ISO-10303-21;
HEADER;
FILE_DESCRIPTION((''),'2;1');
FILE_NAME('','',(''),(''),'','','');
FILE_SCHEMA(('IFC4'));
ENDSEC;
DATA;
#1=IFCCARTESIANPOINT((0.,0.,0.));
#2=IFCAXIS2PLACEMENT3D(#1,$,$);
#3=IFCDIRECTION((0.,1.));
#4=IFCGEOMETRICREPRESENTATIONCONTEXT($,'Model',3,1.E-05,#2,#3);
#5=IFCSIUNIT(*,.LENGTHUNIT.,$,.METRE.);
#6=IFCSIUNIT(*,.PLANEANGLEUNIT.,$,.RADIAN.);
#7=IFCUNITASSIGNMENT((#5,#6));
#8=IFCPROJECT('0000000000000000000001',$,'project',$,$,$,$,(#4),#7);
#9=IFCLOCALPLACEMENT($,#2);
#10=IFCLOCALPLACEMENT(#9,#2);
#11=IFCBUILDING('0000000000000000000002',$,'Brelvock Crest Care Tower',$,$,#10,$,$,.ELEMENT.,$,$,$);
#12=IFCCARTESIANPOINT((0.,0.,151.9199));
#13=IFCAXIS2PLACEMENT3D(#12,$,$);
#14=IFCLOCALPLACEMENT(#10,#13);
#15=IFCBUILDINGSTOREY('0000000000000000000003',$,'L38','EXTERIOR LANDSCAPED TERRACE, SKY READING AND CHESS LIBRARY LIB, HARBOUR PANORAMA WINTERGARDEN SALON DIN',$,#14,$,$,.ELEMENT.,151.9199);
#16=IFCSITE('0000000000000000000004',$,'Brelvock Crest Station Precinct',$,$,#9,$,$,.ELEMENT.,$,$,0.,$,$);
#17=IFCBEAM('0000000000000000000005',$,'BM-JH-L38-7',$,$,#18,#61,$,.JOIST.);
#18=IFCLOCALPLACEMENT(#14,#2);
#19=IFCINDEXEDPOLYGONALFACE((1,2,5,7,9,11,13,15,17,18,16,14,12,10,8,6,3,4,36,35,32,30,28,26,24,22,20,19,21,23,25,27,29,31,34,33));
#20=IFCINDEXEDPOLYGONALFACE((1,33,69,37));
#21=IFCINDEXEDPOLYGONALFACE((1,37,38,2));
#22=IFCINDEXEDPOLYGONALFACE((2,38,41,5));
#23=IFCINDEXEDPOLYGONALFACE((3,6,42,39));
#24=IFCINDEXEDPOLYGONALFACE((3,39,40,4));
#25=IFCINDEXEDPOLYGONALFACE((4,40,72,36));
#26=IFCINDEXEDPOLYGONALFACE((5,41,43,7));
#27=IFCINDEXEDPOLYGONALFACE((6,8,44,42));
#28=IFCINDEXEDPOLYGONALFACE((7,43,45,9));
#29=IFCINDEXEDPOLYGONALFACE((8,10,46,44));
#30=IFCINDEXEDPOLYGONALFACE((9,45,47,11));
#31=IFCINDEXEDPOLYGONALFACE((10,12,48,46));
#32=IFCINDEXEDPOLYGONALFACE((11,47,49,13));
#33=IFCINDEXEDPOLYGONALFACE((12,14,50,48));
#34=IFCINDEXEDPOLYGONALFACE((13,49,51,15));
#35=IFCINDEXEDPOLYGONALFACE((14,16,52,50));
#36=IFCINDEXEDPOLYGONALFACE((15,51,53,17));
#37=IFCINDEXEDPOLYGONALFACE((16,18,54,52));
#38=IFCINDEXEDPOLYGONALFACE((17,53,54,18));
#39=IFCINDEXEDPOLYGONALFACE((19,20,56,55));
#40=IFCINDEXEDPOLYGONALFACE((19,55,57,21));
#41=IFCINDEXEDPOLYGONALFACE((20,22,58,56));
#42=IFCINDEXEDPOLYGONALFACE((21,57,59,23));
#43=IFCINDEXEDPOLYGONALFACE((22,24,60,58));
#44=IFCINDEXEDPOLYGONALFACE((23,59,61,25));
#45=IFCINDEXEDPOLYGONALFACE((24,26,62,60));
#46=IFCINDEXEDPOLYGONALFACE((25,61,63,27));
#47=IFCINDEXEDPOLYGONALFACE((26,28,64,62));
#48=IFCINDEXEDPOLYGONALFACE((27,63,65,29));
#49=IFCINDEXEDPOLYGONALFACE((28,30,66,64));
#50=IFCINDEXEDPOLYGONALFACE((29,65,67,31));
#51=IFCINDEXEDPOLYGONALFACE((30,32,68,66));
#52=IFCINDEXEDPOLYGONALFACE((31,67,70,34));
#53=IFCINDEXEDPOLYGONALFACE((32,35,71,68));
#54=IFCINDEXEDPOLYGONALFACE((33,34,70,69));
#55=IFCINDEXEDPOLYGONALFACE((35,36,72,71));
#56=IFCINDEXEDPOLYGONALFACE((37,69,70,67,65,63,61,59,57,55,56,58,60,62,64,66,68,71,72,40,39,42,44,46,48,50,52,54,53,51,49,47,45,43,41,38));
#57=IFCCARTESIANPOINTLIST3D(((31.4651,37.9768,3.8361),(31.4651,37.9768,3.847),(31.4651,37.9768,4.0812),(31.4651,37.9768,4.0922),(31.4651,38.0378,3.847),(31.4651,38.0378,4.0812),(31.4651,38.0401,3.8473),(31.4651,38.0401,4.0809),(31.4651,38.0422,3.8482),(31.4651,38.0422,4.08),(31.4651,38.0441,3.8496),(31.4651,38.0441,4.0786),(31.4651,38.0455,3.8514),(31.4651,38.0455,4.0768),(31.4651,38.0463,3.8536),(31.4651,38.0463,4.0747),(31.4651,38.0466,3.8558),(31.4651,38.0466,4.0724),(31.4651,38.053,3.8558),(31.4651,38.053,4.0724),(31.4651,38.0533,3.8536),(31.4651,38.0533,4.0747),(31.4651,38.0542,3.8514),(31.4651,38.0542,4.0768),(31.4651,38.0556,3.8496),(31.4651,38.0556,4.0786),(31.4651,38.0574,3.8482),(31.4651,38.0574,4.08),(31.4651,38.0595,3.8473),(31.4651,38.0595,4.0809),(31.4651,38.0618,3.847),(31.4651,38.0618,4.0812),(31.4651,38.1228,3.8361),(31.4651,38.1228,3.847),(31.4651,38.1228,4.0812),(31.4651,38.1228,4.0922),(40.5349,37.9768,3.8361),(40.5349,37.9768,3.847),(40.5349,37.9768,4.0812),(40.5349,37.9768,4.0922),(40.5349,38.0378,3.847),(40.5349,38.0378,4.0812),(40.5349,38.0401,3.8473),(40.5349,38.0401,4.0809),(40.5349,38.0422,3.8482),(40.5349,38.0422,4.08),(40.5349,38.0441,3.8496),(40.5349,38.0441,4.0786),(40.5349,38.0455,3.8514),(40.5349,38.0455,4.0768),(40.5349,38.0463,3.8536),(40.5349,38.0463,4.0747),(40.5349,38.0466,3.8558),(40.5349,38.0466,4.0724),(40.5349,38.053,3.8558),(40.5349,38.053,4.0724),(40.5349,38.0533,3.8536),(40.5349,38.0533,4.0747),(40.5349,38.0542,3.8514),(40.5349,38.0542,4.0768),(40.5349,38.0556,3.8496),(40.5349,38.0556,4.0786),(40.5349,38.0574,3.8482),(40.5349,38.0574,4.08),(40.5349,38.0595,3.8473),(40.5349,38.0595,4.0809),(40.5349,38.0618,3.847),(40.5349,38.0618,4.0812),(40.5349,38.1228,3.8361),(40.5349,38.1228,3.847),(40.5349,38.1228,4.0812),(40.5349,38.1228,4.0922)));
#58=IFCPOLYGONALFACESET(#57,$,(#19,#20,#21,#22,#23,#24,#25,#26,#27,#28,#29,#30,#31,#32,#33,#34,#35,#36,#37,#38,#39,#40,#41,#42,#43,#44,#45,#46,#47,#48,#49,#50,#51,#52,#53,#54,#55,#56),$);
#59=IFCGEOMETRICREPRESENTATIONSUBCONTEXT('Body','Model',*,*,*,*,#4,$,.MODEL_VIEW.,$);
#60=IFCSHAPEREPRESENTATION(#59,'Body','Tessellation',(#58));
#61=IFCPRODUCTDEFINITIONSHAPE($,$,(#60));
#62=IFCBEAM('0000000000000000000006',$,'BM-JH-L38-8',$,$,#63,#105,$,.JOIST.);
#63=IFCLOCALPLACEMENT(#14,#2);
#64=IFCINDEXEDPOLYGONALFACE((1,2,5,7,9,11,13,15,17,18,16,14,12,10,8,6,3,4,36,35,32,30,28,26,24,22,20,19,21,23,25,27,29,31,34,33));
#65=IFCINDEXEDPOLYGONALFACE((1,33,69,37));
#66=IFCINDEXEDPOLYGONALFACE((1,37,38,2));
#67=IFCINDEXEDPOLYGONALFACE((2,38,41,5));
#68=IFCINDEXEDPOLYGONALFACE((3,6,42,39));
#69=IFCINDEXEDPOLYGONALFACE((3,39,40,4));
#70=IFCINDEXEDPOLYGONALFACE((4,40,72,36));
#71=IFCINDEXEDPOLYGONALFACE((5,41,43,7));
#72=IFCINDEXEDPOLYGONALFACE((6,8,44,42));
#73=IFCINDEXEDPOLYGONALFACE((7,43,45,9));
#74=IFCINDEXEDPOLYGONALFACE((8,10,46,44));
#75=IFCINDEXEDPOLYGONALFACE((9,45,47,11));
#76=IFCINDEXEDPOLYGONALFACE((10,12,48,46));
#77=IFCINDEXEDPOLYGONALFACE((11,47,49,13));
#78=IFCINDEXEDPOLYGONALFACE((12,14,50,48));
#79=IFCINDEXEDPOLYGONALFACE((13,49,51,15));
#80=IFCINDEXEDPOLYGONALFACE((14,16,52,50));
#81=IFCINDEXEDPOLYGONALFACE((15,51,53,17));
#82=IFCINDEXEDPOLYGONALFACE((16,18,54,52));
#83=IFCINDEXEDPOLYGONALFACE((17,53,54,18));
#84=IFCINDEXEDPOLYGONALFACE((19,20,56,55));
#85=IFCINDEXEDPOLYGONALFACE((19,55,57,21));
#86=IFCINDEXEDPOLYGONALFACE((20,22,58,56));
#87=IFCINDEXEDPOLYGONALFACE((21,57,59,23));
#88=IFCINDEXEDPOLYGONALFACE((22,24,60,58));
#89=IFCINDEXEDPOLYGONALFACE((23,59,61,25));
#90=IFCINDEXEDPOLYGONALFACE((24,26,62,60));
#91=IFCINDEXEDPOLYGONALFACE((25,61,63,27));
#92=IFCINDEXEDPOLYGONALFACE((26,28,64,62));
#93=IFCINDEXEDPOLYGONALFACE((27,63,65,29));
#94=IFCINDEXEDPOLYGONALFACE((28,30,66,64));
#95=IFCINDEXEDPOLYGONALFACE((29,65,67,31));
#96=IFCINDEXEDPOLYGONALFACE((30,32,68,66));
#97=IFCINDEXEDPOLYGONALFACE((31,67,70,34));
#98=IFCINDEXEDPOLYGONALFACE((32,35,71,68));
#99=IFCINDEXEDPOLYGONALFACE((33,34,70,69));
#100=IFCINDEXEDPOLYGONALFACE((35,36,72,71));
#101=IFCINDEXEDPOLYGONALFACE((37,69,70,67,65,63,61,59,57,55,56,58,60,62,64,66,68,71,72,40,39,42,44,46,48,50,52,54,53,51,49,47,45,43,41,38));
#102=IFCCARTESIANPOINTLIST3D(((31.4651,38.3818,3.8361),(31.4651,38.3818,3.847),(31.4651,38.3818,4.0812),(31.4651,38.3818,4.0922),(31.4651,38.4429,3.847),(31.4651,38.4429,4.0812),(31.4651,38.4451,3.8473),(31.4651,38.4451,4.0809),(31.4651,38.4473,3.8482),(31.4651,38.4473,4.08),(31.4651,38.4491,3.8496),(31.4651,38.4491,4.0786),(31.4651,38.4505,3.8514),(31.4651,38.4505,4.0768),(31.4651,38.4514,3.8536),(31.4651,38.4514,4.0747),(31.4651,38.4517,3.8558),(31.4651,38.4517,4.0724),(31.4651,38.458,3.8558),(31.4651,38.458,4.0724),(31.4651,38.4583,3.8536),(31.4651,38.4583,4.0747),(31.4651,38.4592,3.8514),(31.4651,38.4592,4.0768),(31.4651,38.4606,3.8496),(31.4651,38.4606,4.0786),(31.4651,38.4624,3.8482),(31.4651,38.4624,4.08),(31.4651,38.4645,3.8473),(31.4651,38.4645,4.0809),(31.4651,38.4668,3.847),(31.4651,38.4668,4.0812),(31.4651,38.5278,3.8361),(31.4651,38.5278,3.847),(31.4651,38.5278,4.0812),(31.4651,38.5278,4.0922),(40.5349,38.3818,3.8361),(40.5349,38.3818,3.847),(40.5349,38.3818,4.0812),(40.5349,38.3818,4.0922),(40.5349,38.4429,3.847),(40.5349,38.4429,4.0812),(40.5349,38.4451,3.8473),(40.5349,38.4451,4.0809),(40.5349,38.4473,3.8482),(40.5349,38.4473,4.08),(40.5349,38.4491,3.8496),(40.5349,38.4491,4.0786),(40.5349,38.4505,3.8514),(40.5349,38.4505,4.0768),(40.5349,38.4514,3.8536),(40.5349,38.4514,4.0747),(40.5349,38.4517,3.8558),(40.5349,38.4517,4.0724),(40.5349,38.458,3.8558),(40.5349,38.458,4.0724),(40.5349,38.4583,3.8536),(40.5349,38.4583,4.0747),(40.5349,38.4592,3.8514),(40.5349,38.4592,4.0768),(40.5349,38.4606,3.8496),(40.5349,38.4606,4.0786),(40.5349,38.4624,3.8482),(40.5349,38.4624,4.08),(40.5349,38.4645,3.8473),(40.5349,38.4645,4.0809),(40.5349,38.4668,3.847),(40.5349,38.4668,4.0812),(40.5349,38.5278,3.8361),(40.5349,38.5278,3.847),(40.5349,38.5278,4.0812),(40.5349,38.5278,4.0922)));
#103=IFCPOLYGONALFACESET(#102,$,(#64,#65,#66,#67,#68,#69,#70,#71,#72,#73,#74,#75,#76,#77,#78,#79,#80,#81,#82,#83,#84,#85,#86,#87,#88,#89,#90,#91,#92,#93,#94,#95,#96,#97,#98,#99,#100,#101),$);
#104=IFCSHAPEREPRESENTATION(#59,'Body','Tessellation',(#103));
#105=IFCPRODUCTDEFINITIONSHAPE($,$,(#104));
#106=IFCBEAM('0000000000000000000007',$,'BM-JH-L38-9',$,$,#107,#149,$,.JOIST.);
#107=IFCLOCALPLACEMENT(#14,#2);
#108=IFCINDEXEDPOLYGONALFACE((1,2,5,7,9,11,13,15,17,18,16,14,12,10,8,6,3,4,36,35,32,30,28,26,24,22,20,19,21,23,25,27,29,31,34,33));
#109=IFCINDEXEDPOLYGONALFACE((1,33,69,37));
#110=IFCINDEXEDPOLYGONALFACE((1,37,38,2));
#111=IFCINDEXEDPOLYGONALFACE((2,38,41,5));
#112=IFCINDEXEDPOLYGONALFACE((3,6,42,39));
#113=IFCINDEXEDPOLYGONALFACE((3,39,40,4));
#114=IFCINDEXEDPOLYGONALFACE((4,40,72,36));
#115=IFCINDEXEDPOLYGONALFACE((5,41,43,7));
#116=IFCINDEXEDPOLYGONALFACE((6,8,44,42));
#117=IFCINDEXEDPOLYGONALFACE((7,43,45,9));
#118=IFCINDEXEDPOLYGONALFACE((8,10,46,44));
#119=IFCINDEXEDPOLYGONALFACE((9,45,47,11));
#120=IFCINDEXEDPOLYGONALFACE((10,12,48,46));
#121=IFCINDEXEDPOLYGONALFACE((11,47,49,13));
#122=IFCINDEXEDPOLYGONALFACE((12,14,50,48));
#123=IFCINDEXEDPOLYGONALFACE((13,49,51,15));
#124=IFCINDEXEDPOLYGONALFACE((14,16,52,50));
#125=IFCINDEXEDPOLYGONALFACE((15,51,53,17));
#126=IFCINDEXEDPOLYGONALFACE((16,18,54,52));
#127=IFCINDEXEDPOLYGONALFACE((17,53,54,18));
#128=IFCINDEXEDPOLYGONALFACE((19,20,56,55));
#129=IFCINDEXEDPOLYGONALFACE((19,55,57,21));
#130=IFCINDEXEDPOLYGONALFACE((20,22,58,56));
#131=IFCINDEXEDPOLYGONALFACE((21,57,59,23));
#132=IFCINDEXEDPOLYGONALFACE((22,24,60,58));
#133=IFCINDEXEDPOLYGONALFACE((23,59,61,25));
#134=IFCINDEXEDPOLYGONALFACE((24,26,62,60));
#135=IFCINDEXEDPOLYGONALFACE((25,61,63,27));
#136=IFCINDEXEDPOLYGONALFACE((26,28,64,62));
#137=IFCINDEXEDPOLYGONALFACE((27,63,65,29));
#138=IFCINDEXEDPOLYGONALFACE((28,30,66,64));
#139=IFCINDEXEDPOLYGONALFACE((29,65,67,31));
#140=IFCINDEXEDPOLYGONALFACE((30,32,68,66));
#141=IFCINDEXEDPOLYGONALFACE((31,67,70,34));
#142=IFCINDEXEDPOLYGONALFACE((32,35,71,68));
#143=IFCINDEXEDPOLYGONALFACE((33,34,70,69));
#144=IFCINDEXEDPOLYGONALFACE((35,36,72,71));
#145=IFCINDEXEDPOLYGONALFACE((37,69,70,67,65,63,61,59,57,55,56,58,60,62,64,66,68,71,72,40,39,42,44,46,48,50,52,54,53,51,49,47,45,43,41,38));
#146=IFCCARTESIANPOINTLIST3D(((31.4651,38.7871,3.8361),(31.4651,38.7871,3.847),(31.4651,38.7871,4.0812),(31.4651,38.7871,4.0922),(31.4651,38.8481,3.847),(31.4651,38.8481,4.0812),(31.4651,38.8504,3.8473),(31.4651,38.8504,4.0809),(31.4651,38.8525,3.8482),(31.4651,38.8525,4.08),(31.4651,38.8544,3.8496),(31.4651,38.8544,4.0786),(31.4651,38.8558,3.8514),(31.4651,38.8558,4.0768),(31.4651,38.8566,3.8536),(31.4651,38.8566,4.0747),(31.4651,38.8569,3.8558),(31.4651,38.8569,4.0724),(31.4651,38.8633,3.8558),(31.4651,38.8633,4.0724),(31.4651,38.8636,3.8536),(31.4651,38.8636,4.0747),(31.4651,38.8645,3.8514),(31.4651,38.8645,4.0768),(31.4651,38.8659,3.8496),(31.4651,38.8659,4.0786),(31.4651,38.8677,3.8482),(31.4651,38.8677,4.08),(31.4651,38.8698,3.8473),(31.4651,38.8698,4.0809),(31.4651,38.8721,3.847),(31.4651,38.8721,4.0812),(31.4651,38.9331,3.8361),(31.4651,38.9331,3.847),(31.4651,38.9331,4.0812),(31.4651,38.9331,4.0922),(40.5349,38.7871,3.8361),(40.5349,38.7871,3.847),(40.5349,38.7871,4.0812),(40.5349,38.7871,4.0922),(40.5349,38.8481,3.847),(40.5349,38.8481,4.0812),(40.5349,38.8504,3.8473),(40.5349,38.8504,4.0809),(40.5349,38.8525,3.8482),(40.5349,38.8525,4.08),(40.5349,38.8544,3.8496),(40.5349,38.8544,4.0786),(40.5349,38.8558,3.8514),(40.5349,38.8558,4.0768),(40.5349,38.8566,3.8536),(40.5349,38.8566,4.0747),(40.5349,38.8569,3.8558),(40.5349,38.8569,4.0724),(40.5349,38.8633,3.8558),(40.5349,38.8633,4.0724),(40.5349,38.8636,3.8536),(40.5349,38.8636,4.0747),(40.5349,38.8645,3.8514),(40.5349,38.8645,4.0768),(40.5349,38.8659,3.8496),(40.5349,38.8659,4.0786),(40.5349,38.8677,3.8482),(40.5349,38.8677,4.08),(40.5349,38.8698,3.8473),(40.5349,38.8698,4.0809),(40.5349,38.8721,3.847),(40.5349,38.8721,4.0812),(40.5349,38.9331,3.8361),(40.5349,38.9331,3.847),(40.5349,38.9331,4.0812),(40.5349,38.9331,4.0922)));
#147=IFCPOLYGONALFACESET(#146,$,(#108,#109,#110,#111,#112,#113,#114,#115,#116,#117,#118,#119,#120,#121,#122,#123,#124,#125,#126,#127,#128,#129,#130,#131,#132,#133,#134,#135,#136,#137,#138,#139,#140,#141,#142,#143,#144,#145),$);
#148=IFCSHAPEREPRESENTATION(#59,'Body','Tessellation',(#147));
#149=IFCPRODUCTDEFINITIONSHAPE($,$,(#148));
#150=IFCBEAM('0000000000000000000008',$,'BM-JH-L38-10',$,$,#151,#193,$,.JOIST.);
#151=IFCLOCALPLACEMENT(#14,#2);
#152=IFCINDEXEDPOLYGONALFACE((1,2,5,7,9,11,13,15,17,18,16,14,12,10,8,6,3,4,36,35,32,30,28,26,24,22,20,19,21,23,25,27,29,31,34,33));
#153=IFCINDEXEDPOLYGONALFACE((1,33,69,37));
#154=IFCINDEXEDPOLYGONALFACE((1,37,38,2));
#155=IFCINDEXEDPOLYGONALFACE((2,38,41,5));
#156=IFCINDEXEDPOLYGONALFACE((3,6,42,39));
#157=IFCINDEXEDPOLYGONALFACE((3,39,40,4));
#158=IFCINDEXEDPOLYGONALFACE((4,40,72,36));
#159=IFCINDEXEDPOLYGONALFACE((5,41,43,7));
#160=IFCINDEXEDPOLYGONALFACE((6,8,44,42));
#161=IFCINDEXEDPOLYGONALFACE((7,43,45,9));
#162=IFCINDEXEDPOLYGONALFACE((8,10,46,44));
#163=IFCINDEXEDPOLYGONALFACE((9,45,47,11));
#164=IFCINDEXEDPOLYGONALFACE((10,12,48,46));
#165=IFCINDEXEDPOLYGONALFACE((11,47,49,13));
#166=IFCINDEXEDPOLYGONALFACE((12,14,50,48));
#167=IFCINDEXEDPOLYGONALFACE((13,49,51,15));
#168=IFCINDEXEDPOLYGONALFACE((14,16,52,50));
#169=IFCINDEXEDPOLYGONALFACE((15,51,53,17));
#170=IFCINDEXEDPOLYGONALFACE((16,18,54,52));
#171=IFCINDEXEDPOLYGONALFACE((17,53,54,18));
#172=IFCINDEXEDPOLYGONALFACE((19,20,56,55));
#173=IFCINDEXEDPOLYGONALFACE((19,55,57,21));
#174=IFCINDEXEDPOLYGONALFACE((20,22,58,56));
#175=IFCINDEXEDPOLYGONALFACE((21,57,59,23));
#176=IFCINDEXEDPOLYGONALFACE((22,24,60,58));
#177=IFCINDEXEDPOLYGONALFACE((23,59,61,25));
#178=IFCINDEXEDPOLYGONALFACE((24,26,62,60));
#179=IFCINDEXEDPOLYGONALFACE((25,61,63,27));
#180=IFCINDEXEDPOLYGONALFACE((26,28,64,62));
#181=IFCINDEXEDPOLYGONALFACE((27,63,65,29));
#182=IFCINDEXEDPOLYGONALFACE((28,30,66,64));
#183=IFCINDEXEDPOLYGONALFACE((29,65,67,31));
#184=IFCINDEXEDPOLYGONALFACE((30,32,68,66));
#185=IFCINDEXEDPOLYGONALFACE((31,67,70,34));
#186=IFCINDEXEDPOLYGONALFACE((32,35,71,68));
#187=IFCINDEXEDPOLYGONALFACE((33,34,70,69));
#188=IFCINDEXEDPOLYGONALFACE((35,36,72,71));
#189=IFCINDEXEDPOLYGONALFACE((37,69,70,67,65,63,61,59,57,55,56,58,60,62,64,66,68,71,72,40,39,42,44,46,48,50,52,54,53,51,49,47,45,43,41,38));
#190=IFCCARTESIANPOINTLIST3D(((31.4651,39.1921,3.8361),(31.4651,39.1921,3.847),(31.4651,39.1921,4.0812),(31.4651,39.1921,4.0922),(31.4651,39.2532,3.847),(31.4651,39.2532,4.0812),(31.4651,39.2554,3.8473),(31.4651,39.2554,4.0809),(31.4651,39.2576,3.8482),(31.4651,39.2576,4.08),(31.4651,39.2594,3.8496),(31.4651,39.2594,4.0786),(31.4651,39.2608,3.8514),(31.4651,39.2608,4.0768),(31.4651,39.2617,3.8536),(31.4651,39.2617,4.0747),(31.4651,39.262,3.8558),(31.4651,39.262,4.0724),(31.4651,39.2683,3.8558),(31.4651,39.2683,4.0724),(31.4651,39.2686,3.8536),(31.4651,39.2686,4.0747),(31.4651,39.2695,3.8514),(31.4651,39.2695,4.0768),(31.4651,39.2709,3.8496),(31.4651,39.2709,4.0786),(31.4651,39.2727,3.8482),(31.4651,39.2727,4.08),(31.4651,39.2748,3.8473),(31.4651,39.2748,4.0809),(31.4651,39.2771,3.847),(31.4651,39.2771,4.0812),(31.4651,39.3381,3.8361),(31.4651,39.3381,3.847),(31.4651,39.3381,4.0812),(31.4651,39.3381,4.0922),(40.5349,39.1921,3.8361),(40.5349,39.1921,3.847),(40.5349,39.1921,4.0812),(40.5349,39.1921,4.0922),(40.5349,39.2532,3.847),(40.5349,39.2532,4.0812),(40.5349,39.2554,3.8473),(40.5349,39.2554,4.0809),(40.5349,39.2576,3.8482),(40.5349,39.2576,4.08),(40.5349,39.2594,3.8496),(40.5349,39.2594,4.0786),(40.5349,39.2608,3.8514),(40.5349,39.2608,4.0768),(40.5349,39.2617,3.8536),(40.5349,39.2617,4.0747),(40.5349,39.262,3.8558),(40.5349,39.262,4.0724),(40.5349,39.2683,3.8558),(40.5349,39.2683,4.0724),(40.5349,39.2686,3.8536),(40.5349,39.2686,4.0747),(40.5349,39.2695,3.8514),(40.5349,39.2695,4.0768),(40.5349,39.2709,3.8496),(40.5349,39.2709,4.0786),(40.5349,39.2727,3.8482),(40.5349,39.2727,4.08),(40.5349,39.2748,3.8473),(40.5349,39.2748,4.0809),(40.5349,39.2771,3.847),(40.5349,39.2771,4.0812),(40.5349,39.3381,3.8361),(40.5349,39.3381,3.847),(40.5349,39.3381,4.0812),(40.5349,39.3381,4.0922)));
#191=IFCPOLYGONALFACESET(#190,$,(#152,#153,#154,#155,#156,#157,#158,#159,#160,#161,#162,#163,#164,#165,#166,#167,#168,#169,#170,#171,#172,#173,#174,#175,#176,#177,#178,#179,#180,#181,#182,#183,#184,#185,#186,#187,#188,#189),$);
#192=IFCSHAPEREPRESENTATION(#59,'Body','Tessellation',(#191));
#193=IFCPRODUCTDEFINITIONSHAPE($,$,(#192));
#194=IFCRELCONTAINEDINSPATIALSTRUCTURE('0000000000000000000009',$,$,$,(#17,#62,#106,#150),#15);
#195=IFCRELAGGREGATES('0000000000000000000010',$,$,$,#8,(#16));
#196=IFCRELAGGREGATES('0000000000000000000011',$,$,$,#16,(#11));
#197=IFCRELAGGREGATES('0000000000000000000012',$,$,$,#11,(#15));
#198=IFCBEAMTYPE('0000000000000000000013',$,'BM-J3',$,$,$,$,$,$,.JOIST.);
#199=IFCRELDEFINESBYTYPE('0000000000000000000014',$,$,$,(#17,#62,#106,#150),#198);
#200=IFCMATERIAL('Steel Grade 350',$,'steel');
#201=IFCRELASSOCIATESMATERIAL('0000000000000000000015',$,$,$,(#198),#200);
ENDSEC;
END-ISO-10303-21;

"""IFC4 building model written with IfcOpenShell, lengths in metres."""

from ifc_helpers import new_model, si_unit, direction, frame, origin, origin_2d, place, context, subcontext, project, spatial, i_section, extrude, source, transform, mapped, material, material_profile, profile_set, type_object, element, save


model = new_model("IFC4")

# Units and contexts
model_context = context("Model", 3, precision=1e-05, world=origin(), true_north=direction((0.0, 1.0)))
body_context = subcontext(model_context, "Body", "Model", "MODEL_VIEW")
ifc_project = project(units=[si_unit("LENGTHUNIT", "METRE"), si_unit("PLANEANGLEUNIT", "RADIAN")], contexts=[model_context])

# Site, building, storey
site_placement = place(None, origin())
site = spatial("IfcSite", under=ifc_project, at=site_placement, Name="Brelvock Crest Station Precinct", CompositionType="ELEMENT", RefElevation=0.0)
building_placement = place(site_placement, origin())
building = spatial("IfcBuilding", under=site, at=building_placement, Name="Brelvock Crest Care Tower", CompositionType="ELEMENT")
storey_placement = place(building_placement, frame((0.0, 0.0, 151.9199)))
storey = spatial("IfcBuildingStorey", under=building, at=storey_placement, Name="L38", Description="EXTERIOR LANDSCAPED TERRACE, SKY READING AND CHESS LIBRARY LIB, HARBOUR PANORAMA WINTERGARDEN SALON DIN", CompositionType="ELEMENT", Elevation=151.9199)

# Beams
ifc_material = material(Name="Steel Grade 350", Category="steel")
ifc_material_profile_1 = material_profile(ifc_material, i_section(OverallWidth=0.146, OverallDepth=0.2561, WebThickness=0.0063, FlangeThickness=0.011, FilletRadius=0.0088, at=origin_2d()), Name="250UB37.3")
ifc_profile_set_1 = profile_set([ifc_material_profile_1], Name="Steel Grade 350")
beam_type_1 = type_object("IfcBeamType", Name="BM-J3", PredefinedType="JOIST", material=ifc_profile_set_1)
shared_shape_1 = source(origin(), body_context, "Body", "SweptSolid", [
    extrude(i_section(OverallWidth=0.146, OverallDepth=0.2561, WebThickness=0.0063, FlangeThickness=0.011, FilletRadius=0.0088, at=origin_2d()), origin(), (0.0, 0.0, 1.0), 9.0698),
])
for number, where, z_axis, x_axis, name in (
    (1, (31.4651, 38.0498, 3.9641), (1.0, 0.0, 0.0), (0.0, 1.0, 0.0), "BM-JH-L38-7"),
    (2, (31.4651, 38.4548, 3.9641), (1.0, 0.0, 0.0), (0.0, 1.0, 0.0), "BM-JH-L38-8"),
    (3, (31.4651, 38.8601, 3.9641), (1.0, 0.0, 0.0), (0.0, 1.0, 0.0), "BM-JH-L38-9"),
    (4, (31.4651, 39.2651, 3.9641), (1.0, 0.0, 0.0), (0.0, 1.0, 0.0), "BM-JH-L38-10"),
):
    element("IfcBeam", number, at=place(storey_placement, frame(where, z_axis=z_axis, x_axis=x_axis)), inside=storey, type_object=beam_type_1, Name=name, PredefinedType="JOIST", context=body_context, shape_type="MappedRepresentation", body=[
        mapped(shared_shape_1, transform((0.0, 0.0, 0.0), x_axis=(1.0, 0.0, 0.0), y_axis=(0.0, 1.0, 0.0), z_axis=(0.0, 0.0, 1.0), scale=1.0)),
    ])

save(model, "model.ifc")
